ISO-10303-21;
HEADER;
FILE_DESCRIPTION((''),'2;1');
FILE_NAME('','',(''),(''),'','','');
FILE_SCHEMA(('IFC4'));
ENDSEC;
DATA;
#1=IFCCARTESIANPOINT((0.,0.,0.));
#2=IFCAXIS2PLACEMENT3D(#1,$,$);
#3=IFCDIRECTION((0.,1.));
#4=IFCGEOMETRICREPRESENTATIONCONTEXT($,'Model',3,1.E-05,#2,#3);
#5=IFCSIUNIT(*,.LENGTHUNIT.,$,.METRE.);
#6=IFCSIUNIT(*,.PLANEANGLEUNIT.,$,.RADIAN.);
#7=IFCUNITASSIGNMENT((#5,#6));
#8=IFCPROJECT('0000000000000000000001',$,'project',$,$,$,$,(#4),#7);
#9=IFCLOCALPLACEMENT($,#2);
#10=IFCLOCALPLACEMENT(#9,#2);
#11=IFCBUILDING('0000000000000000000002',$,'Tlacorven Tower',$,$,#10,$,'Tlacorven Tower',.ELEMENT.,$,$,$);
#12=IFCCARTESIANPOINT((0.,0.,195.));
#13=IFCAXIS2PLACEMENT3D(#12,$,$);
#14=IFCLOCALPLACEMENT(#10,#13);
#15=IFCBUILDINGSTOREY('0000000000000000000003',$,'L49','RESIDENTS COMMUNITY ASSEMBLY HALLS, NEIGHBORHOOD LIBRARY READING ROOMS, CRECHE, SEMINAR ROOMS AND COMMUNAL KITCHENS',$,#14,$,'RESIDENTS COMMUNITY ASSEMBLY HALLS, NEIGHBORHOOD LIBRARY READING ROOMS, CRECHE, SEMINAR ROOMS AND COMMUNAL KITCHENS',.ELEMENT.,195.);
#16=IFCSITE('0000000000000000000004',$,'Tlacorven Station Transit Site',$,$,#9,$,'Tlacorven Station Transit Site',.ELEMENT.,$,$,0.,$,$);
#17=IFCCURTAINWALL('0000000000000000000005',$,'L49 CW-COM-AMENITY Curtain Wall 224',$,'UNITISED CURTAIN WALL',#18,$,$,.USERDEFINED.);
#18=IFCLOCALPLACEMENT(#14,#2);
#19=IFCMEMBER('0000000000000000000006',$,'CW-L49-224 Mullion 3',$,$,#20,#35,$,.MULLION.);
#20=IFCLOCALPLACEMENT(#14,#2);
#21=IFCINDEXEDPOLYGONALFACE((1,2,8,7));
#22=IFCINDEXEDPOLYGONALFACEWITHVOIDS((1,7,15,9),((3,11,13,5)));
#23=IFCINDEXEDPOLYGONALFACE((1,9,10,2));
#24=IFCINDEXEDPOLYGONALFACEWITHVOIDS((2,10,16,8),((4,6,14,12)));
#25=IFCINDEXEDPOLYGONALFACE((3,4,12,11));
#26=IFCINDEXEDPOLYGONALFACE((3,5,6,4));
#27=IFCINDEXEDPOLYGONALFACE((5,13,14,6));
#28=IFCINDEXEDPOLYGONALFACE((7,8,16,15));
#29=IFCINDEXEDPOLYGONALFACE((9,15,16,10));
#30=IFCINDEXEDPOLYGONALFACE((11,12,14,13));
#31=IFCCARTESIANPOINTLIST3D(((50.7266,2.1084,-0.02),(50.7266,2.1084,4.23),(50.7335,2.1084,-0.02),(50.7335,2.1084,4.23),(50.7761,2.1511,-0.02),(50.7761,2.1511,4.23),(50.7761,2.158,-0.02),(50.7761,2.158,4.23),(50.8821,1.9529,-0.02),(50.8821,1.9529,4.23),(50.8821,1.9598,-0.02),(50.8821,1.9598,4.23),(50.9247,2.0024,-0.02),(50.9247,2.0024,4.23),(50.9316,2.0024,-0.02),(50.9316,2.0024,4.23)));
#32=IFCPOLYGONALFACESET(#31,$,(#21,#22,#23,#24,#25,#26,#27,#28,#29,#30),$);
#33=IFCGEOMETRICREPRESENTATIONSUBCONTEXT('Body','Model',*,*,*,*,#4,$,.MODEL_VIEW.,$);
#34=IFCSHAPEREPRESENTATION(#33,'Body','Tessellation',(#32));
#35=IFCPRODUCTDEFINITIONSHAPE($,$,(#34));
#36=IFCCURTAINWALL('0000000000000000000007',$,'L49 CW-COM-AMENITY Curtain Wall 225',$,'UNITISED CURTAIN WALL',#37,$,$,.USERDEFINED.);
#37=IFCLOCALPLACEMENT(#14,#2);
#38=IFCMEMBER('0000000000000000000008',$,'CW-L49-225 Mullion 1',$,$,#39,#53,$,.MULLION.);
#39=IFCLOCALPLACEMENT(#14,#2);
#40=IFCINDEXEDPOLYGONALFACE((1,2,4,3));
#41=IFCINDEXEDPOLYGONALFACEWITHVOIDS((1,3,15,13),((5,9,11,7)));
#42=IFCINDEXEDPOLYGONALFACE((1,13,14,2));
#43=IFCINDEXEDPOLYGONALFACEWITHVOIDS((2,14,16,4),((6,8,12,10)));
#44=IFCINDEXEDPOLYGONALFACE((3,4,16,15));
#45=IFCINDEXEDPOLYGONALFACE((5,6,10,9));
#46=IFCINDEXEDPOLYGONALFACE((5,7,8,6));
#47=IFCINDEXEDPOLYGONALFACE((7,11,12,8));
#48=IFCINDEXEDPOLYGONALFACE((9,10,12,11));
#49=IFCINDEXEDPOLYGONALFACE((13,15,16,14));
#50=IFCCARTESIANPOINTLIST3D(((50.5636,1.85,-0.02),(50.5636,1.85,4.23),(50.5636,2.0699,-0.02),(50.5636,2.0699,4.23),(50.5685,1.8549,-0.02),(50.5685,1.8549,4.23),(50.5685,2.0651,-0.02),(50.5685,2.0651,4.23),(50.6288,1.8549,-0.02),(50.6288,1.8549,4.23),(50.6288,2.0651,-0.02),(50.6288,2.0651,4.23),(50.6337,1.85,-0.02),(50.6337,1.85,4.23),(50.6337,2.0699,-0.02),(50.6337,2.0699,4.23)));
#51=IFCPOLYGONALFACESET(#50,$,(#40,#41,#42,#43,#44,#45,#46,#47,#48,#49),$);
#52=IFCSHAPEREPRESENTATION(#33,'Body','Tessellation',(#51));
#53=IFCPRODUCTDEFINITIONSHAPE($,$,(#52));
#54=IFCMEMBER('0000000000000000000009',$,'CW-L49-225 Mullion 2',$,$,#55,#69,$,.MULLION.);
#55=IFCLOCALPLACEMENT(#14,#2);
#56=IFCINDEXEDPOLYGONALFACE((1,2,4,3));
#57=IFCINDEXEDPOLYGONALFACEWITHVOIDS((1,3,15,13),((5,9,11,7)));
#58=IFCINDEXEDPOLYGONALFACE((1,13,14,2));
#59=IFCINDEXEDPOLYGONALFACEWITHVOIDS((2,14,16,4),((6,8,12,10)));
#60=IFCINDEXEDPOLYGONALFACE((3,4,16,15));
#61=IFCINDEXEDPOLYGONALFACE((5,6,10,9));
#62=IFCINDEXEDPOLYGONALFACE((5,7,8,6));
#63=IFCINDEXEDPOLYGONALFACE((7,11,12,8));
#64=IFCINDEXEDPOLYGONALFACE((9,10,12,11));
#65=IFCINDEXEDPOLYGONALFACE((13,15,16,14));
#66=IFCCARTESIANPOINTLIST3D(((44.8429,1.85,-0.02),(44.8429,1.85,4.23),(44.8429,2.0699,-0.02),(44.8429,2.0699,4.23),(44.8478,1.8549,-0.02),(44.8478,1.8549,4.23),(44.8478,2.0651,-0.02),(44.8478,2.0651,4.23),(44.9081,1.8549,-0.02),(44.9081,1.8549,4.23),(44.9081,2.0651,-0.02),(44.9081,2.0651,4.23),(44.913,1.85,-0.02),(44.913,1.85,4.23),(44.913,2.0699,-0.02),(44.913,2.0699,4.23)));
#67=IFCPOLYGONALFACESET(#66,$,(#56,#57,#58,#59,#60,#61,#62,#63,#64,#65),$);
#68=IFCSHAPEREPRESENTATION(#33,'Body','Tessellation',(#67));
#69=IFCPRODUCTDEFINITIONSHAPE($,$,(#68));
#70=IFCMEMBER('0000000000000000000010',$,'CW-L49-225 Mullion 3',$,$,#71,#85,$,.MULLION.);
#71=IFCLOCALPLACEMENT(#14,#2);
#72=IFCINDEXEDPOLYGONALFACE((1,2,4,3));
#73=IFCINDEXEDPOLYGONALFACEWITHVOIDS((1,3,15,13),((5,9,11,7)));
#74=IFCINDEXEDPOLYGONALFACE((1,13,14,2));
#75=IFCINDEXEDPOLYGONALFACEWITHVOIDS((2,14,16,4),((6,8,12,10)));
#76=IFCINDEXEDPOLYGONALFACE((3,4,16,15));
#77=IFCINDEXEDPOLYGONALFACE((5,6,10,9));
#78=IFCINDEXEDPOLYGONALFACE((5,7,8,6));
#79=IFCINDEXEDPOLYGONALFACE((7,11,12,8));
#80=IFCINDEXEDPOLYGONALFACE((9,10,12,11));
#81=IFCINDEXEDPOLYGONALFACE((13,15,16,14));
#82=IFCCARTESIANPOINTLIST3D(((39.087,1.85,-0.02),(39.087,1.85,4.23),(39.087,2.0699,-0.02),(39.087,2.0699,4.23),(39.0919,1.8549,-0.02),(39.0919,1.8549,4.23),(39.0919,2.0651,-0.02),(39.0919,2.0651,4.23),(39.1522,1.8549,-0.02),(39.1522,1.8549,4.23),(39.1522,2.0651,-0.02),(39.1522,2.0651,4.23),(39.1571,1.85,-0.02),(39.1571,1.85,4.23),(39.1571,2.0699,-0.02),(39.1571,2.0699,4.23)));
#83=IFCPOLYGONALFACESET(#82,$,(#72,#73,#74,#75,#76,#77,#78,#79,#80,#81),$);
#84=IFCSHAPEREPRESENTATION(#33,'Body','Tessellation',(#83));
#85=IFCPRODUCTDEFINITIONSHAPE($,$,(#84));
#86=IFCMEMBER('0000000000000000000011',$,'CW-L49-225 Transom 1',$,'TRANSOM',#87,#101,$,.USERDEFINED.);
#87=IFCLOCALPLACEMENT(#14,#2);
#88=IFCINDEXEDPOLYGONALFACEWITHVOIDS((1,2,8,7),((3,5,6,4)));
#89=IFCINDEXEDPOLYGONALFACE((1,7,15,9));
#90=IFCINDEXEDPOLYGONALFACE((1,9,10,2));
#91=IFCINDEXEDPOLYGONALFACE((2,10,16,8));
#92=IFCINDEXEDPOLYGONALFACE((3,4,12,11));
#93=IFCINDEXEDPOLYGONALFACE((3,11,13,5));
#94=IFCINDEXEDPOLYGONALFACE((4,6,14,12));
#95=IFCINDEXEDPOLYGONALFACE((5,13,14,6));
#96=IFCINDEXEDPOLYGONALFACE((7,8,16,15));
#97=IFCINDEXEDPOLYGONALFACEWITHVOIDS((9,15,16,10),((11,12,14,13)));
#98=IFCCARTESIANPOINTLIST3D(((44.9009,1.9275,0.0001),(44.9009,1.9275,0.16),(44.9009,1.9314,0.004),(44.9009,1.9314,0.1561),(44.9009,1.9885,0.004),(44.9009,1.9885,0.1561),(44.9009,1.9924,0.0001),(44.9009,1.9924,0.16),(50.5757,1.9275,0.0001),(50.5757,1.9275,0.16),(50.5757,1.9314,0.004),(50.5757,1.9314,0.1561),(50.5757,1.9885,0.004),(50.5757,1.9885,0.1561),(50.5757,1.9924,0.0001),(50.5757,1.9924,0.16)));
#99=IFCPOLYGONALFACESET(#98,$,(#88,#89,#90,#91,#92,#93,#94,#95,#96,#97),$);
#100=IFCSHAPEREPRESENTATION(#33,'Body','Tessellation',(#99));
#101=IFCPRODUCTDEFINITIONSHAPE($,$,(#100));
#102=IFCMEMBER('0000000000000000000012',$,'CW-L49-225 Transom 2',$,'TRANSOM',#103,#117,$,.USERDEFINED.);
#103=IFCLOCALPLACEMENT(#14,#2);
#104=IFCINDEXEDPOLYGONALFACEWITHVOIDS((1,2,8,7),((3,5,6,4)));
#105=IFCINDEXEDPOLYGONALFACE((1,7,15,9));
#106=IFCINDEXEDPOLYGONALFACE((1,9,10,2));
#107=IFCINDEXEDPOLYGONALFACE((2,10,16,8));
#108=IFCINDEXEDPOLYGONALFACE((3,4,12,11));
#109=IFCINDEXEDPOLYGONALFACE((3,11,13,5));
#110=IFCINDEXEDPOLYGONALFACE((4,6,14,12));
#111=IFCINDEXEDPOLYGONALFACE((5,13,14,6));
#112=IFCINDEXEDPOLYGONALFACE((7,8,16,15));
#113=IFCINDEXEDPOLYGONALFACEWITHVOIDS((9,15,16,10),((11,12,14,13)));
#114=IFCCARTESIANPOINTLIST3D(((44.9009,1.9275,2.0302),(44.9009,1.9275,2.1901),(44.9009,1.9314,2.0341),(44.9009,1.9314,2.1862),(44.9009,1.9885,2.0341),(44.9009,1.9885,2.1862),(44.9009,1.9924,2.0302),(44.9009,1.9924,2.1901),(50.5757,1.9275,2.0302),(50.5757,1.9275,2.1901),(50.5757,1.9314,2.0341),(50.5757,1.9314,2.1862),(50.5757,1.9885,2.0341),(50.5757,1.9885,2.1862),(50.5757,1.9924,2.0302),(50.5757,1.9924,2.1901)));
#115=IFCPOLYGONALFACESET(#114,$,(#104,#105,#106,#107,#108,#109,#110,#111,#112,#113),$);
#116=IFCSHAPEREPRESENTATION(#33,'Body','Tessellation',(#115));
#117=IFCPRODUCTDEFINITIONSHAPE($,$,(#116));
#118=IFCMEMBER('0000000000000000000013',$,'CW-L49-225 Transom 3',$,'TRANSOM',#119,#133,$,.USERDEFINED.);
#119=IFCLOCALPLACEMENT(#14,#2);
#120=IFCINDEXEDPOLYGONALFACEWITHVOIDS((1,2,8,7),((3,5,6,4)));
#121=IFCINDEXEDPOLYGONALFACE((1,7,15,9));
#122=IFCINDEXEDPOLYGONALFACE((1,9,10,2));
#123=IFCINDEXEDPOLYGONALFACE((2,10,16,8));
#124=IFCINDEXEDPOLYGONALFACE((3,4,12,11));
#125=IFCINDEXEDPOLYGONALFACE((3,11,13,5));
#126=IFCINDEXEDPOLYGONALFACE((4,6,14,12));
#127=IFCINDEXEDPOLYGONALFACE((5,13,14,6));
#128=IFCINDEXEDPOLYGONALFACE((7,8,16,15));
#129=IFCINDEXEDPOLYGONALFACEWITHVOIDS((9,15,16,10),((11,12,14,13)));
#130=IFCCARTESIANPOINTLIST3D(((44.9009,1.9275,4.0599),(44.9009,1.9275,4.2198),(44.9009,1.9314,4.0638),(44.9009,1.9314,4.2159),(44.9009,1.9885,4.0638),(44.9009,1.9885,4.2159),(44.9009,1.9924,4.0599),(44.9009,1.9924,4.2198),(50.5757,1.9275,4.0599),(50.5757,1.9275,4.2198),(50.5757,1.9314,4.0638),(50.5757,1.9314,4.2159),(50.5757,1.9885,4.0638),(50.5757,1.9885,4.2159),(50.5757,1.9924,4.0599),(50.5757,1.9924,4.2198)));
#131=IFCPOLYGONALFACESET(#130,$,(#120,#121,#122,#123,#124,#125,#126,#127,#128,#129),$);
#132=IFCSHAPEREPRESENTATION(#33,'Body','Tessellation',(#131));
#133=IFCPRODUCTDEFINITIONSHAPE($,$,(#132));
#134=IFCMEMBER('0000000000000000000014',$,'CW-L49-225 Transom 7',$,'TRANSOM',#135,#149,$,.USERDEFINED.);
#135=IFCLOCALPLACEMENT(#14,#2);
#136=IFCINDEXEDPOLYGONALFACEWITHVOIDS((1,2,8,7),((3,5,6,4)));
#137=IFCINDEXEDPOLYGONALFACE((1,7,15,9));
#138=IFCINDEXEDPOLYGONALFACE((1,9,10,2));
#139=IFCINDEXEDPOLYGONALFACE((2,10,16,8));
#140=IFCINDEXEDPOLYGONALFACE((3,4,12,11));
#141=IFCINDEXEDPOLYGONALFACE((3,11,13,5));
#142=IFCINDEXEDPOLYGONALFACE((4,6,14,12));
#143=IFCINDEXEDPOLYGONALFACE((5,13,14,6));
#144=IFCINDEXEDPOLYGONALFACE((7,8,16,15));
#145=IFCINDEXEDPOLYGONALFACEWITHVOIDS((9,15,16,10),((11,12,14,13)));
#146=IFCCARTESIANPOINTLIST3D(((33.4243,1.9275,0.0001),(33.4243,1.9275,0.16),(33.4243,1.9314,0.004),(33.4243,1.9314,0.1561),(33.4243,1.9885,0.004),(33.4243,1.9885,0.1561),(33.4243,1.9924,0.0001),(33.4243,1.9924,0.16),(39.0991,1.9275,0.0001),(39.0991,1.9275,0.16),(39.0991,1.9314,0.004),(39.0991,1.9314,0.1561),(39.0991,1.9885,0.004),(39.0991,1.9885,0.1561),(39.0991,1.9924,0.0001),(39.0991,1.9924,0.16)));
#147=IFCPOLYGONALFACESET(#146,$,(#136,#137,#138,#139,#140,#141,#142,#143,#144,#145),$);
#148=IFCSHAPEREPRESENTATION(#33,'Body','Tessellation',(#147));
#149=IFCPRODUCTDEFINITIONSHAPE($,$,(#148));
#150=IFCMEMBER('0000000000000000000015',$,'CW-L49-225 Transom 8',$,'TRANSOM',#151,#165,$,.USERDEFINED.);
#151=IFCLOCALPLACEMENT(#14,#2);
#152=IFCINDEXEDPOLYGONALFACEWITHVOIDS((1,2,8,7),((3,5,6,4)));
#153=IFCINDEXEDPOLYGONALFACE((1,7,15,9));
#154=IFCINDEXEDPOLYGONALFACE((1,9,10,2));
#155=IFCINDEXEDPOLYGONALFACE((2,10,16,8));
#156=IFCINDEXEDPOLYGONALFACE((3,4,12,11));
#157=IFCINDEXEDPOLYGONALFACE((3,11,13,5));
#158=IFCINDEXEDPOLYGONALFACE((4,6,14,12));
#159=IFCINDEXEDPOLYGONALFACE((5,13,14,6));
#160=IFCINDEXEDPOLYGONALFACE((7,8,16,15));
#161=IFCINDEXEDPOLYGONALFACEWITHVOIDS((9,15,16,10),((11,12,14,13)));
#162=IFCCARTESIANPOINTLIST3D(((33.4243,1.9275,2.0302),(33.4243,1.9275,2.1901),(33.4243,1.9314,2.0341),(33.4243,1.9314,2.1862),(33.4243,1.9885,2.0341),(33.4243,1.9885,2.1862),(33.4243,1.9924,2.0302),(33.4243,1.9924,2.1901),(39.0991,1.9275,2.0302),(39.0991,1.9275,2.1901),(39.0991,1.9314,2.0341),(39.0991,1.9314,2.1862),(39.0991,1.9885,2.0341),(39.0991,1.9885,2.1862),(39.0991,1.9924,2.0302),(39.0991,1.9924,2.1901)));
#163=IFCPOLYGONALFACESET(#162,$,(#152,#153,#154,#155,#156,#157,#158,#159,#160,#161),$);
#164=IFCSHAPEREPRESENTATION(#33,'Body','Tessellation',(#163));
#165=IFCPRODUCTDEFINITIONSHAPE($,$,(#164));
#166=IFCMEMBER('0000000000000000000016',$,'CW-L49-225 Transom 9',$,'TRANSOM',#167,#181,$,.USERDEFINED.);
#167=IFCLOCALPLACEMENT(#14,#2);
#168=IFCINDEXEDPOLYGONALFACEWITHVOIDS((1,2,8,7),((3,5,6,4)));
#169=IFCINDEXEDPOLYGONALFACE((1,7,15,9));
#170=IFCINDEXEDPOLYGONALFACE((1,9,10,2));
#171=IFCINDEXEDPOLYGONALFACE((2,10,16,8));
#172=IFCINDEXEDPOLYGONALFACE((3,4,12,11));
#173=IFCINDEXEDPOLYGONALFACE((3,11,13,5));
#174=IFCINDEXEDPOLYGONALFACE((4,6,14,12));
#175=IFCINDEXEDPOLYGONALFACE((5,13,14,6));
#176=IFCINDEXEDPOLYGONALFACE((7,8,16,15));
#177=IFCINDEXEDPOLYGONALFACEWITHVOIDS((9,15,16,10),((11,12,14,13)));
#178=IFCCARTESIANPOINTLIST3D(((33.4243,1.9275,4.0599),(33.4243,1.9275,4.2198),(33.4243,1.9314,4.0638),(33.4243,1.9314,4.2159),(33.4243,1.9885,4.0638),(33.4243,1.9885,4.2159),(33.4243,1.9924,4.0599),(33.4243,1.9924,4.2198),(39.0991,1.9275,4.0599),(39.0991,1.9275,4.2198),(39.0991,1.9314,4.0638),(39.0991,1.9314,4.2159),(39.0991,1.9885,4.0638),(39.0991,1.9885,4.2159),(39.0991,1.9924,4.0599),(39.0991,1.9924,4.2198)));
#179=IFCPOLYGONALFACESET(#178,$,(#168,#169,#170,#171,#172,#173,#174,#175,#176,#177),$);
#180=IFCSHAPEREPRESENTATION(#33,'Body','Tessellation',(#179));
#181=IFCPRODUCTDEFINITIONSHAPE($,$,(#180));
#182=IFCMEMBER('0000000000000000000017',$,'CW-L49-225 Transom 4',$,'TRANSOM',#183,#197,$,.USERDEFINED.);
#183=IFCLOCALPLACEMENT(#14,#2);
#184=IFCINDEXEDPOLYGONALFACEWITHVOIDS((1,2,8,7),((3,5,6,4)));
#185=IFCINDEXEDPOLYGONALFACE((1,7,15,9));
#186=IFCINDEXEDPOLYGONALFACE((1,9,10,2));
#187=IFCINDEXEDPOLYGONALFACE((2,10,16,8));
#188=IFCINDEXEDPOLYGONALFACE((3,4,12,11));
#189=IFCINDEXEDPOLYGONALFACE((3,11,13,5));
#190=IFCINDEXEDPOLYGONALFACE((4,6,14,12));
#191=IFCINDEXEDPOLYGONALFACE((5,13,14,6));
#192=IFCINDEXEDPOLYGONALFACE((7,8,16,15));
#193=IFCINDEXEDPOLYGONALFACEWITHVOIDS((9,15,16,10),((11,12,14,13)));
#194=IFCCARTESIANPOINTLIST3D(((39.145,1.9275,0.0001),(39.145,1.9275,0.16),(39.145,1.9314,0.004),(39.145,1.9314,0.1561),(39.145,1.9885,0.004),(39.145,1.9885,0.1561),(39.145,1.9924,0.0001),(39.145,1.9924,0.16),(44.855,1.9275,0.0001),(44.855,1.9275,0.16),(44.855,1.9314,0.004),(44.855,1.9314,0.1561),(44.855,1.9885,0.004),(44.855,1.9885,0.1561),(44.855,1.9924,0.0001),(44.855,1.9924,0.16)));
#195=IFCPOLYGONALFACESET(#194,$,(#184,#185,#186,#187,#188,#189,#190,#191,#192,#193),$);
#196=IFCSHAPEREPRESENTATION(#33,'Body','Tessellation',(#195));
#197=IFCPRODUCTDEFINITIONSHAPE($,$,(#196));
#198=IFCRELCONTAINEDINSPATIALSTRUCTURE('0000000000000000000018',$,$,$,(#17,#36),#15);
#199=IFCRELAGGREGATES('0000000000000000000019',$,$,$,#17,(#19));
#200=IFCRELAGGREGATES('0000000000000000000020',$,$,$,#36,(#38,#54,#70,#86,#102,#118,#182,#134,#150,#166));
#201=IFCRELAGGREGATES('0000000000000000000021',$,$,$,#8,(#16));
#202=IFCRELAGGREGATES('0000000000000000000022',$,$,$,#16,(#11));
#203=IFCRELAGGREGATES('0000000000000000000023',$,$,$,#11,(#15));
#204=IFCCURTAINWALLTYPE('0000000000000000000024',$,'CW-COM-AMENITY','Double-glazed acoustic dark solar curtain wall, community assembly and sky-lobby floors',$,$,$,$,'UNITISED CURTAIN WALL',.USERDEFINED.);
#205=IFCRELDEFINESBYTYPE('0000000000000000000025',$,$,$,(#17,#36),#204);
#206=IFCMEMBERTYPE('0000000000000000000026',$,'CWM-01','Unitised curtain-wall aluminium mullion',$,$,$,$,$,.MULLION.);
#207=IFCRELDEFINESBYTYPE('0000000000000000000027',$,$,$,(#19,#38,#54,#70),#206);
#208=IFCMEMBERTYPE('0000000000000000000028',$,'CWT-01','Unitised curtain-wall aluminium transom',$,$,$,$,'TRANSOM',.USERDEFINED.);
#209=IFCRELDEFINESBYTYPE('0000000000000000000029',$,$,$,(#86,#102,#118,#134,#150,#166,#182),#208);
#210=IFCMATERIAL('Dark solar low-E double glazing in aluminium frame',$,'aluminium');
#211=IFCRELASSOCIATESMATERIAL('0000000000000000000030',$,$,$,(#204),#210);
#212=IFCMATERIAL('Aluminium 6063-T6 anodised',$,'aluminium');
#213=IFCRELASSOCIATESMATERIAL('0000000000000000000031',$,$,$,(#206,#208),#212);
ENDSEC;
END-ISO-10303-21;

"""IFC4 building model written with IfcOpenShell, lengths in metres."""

from ifc_helpers import new_model, si_unit, direction, frame, origin, origin_2d, place, context, subcontext, project, spatial, hollow_rectangle, extrude, source, transform, mapped, material, material_profile, profile_set, type_object, element, aggregate, save


model = new_model("IFC4")

# Units and contexts
model_context = context("Model", 3, precision=1e-05, world=origin(), true_north=direction((0.0, 1.0)))
body_context = subcontext(model_context, "Body", "Model", "MODEL_VIEW")
ifc_project = project(units=[si_unit("LENGTHUNIT", "METRE"), si_unit("PLANEANGLEUNIT", "RADIAN")], contexts=[model_context])

# Site, building, storey
site_placement = place(None, origin())
site = spatial("IfcSite", under=ifc_project, at=site_placement, Name="Tlacorven Station Transit Site", LongName="Tlacorven Station Transit Site", CompositionType="ELEMENT", RefElevation=0.0)
building_placement = place(site_placement, origin())
building = spatial("IfcBuilding", under=site, at=building_placement, Name="Tlacorven Tower", LongName="Tlacorven Tower", CompositionType="ELEMENT")
storey_placement = place(building_placement, frame((0.0, 0.0, 195.0)))
storey = spatial("IfcBuildingStorey", under=building, at=storey_placement, Name="L49", Description="RESIDENTS COMMUNITY ASSEMBLY HALLS, NEIGHBORHOOD LIBRARY READING ROOMS, CRECHE, SEMINAR ROOMS AND COMMUNAL KITCHENS", LongName="RESIDENTS COMMUNITY ASSEMBLY HALLS, NEIGHBORHOOD LIBRARY READING ROOMS, CRECHE, SEMINAR ROOMS AND COMMUNAL KITCHENS", CompositionType="ELEMENT", Elevation=195.0)

# Curtain wall, member
ifc_material_1 = material(Name="Dark solar low-E double glazing in aluminium frame", Category="aluminium")
curtain_wall_type = type_object("IfcCurtainWallType", Name="CW-COM-AMENITY", Description="Double-glazed acoustic dark solar curtain wall, community assembly and sky-lobby floors", ElementType="UNITISED CURTAIN WALL", PredefinedType="USERDEFINED", material=ifc_material_1)
curtain_wall_1_placement = place(storey_placement, origin())
curtain_wall_1 = element("IfcCurtainWall", 1, at=curtain_wall_1_placement, inside=storey, type_object=curtain_wall_type, Name="L49 CW-COM-AMENITY Curtain Wall 224", ObjectType="UNITISED CURTAIN WALL", PredefinedType="USERDEFINED")
ifc_material_2 = material(Name="Aluminium 6063-T6 anodised", Category="aluminium")
ifc_material_profile_1 = material_profile(ifc_material_2, hollow_rectangle(XDim=0.0701, YDim=0.22, WallThickness=0.0049, at=origin_2d()), Name="ALU MULLION 70X220")
ifc_profile_set_1 = profile_set([ifc_material_profile_1], Name="Aluminium 6063-T6 anodised")
member_type_1 = type_object("IfcMemberType", Name="CWM-01", Description="Unitised curtain-wall aluminium mullion", PredefinedType="MULLION", material=ifc_profile_set_1)
shared_shape_1 = source(origin(), body_context, "Body", "SweptSolid", [
    extrude(hollow_rectangle(XDim=0.0701, YDim=0.22, WallThickness=0.0049, at=origin_2d()), origin(), (0.0, 0.0, 1.0), 4.25),
])
member_1_placement = place(storey_placement, frame((50.8291, 2.0554, -0.02), z_axis=(0.0, 0.0, 1.0), x_axis=(-0.707107, -0.707107, 0.0)))
member_1 = element("IfcMember", 2, at=member_1_placement, type_object=member_type_1, Name="CW-L49-224 Mullion 3", PredefinedType="MULLION", context=body_context, shape_type="MappedRepresentation", body=[
    mapped(shared_shape_1, transform((0.0, 0.0, 0.0), scale=1.0)),
])
aggregate(curtain_wall_1, [member_1])

# Curtain wall, members
curtain_wall_2_placement = place(storey_placement, origin())
curtain_wall_2 = element("IfcCurtainWall", 3, at=curtain_wall_2_placement, inside=storey, type_object=curtain_wall_type, Name="L49 CW-COM-AMENITY Curtain Wall 225", ObjectType="UNITISED CURTAIN WALL", PredefinedType="USERDEFINED")
member_2_placement = place(storey_placement, frame((50.5986, 1.96, -0.02), z_axis=(0.0, 0.0, 1.0), x_axis=(-1.0, 0.0, 0.0)))
member_2 = element("IfcMember", 4, at=member_2_placement, type_object=member_type_1, Name="CW-L49-225 Mullion 1", PredefinedType="MULLION", context=body_context, shape_type="MappedRepresentation", body=[
    mapped(shared_shape_1, transform((0.0, 0.0, 0.0), scale=1.0)),
])
member_3_placement = place(storey_placement, frame((44.8779, 1.96, -0.02), z_axis=(0.0, 0.0, 1.0), x_axis=(-1.0, 0.0, 0.0)))
member_3 = element("IfcMember", 5, at=member_3_placement, type_object=member_type_1, Name="CW-L49-225 Mullion 2", PredefinedType="MULLION", context=body_context, shape_type="MappedRepresentation", body=[
    mapped(shared_shape_1, transform((0.0, 0.0, 0.0), scale=1.0)),
])
member_4_placement = place(storey_placement, frame((39.1221, 1.96, -0.02), z_axis=(0.0, 0.0, 1.0), x_axis=(-1.0, 0.0, 0.0)))
member_4 = element("IfcMember", 6, at=member_4_placement, type_object=member_type_1, Name="CW-L49-225 Mullion 3", PredefinedType="MULLION", context=body_context, shape_type="MappedRepresentation", body=[
    mapped(shared_shape_1, transform((0.0, 0.0, 0.0), scale=1.0)),
])
ifc_material_profile_2 = material_profile(ifc_material_2, hollow_rectangle(XDim=0.0649, YDim=0.1599, WallThickness=0.0039, at=origin_2d()), Name="ALU TRANSOM 65X160")
ifc_profile_set_2 = profile_set([ifc_material_profile_2], Name="Aluminium 6063-T6 anodised")
member_type_2 = type_object("IfcMemberType", Name="CWT-01", Description="Unitised curtain-wall aluminium transom", ElementType="TRANSOM", PredefinedType="USERDEFINED", material=ifc_profile_set_2)
shared_shape_2 = source(origin(), body_context, "Body", "SweptSolid", [
    extrude(hollow_rectangle(XDim=0.0649, YDim=0.1599, WallThickness=0.0039, at=origin_2d()), origin(), (0.0, 0.0, 1.0), 5.6748),
])
member_5_placement = place(storey_placement, frame((50.5757, 1.96, 0.0801), z_axis=(-1.0, 0.0, 0.0), x_axis=(0.0, -1.0, 0.0)))
member_5 = element("IfcMember", 7, at=member_5_placement, type_object=member_type_2, Name="CW-L49-225 Transom 1", ObjectType="TRANSOM", PredefinedType="USERDEFINED", context=body_context, shape_type="MappedRepresentation", body=[
    mapped(shared_shape_2, transform((0.0, 0.0, 0.0), scale=1.0)),
])
member_6_placement = place(storey_placement, frame((50.5757, 1.96, 2.1101), z_axis=(-1.0, 0.0, 0.0), x_axis=(0.0, -1.0, 0.0)))
member_6 = element("IfcMember", 8, at=member_6_placement, type_object=member_type_2, Name="CW-L49-225 Transom 2", ObjectType="TRANSOM", PredefinedType="USERDEFINED", context=body_context, shape_type="MappedRepresentation", body=[
    mapped(shared_shape_2, transform((0.0, 0.0, 0.0), scale=1.0)),
])
member_7_placement = place(storey_placement, frame((50.5757, 1.96, 4.1399), z_axis=(-1.0, 0.0, 0.0), x_axis=(0.0, -1.0, 0.0)))
member_7 = element("IfcMember", 9, at=member_7_placement, type_object=member_type_2, Name="CW-L49-225 Transom 3", ObjectType="TRANSOM", PredefinedType="USERDEFINED", context=body_context, shape_type="MappedRepresentation", body=[
    mapped(shared_shape_2, transform((0.0, 0.0, 0.0), scale=1.0)),
])
member_8_placement = place(storey_placement, frame((39.0991, 1.96, 0.0801), z_axis=(-1.0, 0.0, 0.0), x_axis=(0.0, -1.0, 0.0)))
member_8 = element("IfcMember", 10, at=member_8_placement, type_object=member_type_2, Name="CW-L49-225 Transom 7", ObjectType="TRANSOM", PredefinedType="USERDEFINED", context=body_context, shape_type="MappedRepresentation", body=[
    mapped(shared_shape_2, transform((0.0, 0.0, 0.0), scale=1.0)),
])
member_9_placement = place(storey_placement, frame((39.0991, 1.96, 2.1101), z_axis=(-1.0, 0.0, 0.0), x_axis=(0.0, -1.0, 0.0)))
member_9 = element("IfcMember", 11, at=member_9_placement, type_object=member_type_2, Name="CW-L49-225 Transom 8", ObjectType="TRANSOM", PredefinedType="USERDEFINED", context=body_context, shape_type="MappedRepresentation", body=[
    mapped(shared_shape_2, transform((0.0, 0.0, 0.0), scale=1.0)),
])
member_10_placement = place(storey_placement, frame((39.0991, 1.96, 4.1399), z_axis=(-1.0, 0.0, 0.0), x_axis=(0.0, -1.0, 0.0)))
member_10 = element("IfcMember", 12, at=member_10_placement, type_object=member_type_2, Name="CW-L49-225 Transom 9", ObjectType="TRANSOM", PredefinedType="USERDEFINED", context=body_context, shape_type="MappedRepresentation", body=[
    mapped(shared_shape_2, transform((0.0, 0.0, 0.0), scale=1.0)),
])
shared_shape_3 = source(origin(), body_context, "Body", "SweptSolid", [
    extrude(hollow_rectangle(XDim=0.0649, YDim=0.1599, WallThickness=0.0039, at=origin_2d()), origin(), (0.0, 0.0, 1.0), 5.71),
])
member_11_placement = place(storey_placement, frame((44.855, 1.96, 0.0801), z_axis=(-1.0, 0.0, 0.0), x_axis=(0.0, -1.0, 0.0)))
member_11 = element("IfcMember", 13, at=member_11_placement, type_object=member_type_2, Name="CW-L49-225 Transom 4", ObjectType="TRANSOM", PredefinedType="USERDEFINED", context=body_context, shape_type="MappedRepresentation", body=[
    mapped(shared_shape_3, transform((0.0, 0.0, 0.0), scale=1.0)),
])
aggregate(curtain_wall_2, [member_2, member_3, member_4, member_5, member_6, member_7, member_11, member_8, member_9, member_10])

save(model, "model.ifc")
